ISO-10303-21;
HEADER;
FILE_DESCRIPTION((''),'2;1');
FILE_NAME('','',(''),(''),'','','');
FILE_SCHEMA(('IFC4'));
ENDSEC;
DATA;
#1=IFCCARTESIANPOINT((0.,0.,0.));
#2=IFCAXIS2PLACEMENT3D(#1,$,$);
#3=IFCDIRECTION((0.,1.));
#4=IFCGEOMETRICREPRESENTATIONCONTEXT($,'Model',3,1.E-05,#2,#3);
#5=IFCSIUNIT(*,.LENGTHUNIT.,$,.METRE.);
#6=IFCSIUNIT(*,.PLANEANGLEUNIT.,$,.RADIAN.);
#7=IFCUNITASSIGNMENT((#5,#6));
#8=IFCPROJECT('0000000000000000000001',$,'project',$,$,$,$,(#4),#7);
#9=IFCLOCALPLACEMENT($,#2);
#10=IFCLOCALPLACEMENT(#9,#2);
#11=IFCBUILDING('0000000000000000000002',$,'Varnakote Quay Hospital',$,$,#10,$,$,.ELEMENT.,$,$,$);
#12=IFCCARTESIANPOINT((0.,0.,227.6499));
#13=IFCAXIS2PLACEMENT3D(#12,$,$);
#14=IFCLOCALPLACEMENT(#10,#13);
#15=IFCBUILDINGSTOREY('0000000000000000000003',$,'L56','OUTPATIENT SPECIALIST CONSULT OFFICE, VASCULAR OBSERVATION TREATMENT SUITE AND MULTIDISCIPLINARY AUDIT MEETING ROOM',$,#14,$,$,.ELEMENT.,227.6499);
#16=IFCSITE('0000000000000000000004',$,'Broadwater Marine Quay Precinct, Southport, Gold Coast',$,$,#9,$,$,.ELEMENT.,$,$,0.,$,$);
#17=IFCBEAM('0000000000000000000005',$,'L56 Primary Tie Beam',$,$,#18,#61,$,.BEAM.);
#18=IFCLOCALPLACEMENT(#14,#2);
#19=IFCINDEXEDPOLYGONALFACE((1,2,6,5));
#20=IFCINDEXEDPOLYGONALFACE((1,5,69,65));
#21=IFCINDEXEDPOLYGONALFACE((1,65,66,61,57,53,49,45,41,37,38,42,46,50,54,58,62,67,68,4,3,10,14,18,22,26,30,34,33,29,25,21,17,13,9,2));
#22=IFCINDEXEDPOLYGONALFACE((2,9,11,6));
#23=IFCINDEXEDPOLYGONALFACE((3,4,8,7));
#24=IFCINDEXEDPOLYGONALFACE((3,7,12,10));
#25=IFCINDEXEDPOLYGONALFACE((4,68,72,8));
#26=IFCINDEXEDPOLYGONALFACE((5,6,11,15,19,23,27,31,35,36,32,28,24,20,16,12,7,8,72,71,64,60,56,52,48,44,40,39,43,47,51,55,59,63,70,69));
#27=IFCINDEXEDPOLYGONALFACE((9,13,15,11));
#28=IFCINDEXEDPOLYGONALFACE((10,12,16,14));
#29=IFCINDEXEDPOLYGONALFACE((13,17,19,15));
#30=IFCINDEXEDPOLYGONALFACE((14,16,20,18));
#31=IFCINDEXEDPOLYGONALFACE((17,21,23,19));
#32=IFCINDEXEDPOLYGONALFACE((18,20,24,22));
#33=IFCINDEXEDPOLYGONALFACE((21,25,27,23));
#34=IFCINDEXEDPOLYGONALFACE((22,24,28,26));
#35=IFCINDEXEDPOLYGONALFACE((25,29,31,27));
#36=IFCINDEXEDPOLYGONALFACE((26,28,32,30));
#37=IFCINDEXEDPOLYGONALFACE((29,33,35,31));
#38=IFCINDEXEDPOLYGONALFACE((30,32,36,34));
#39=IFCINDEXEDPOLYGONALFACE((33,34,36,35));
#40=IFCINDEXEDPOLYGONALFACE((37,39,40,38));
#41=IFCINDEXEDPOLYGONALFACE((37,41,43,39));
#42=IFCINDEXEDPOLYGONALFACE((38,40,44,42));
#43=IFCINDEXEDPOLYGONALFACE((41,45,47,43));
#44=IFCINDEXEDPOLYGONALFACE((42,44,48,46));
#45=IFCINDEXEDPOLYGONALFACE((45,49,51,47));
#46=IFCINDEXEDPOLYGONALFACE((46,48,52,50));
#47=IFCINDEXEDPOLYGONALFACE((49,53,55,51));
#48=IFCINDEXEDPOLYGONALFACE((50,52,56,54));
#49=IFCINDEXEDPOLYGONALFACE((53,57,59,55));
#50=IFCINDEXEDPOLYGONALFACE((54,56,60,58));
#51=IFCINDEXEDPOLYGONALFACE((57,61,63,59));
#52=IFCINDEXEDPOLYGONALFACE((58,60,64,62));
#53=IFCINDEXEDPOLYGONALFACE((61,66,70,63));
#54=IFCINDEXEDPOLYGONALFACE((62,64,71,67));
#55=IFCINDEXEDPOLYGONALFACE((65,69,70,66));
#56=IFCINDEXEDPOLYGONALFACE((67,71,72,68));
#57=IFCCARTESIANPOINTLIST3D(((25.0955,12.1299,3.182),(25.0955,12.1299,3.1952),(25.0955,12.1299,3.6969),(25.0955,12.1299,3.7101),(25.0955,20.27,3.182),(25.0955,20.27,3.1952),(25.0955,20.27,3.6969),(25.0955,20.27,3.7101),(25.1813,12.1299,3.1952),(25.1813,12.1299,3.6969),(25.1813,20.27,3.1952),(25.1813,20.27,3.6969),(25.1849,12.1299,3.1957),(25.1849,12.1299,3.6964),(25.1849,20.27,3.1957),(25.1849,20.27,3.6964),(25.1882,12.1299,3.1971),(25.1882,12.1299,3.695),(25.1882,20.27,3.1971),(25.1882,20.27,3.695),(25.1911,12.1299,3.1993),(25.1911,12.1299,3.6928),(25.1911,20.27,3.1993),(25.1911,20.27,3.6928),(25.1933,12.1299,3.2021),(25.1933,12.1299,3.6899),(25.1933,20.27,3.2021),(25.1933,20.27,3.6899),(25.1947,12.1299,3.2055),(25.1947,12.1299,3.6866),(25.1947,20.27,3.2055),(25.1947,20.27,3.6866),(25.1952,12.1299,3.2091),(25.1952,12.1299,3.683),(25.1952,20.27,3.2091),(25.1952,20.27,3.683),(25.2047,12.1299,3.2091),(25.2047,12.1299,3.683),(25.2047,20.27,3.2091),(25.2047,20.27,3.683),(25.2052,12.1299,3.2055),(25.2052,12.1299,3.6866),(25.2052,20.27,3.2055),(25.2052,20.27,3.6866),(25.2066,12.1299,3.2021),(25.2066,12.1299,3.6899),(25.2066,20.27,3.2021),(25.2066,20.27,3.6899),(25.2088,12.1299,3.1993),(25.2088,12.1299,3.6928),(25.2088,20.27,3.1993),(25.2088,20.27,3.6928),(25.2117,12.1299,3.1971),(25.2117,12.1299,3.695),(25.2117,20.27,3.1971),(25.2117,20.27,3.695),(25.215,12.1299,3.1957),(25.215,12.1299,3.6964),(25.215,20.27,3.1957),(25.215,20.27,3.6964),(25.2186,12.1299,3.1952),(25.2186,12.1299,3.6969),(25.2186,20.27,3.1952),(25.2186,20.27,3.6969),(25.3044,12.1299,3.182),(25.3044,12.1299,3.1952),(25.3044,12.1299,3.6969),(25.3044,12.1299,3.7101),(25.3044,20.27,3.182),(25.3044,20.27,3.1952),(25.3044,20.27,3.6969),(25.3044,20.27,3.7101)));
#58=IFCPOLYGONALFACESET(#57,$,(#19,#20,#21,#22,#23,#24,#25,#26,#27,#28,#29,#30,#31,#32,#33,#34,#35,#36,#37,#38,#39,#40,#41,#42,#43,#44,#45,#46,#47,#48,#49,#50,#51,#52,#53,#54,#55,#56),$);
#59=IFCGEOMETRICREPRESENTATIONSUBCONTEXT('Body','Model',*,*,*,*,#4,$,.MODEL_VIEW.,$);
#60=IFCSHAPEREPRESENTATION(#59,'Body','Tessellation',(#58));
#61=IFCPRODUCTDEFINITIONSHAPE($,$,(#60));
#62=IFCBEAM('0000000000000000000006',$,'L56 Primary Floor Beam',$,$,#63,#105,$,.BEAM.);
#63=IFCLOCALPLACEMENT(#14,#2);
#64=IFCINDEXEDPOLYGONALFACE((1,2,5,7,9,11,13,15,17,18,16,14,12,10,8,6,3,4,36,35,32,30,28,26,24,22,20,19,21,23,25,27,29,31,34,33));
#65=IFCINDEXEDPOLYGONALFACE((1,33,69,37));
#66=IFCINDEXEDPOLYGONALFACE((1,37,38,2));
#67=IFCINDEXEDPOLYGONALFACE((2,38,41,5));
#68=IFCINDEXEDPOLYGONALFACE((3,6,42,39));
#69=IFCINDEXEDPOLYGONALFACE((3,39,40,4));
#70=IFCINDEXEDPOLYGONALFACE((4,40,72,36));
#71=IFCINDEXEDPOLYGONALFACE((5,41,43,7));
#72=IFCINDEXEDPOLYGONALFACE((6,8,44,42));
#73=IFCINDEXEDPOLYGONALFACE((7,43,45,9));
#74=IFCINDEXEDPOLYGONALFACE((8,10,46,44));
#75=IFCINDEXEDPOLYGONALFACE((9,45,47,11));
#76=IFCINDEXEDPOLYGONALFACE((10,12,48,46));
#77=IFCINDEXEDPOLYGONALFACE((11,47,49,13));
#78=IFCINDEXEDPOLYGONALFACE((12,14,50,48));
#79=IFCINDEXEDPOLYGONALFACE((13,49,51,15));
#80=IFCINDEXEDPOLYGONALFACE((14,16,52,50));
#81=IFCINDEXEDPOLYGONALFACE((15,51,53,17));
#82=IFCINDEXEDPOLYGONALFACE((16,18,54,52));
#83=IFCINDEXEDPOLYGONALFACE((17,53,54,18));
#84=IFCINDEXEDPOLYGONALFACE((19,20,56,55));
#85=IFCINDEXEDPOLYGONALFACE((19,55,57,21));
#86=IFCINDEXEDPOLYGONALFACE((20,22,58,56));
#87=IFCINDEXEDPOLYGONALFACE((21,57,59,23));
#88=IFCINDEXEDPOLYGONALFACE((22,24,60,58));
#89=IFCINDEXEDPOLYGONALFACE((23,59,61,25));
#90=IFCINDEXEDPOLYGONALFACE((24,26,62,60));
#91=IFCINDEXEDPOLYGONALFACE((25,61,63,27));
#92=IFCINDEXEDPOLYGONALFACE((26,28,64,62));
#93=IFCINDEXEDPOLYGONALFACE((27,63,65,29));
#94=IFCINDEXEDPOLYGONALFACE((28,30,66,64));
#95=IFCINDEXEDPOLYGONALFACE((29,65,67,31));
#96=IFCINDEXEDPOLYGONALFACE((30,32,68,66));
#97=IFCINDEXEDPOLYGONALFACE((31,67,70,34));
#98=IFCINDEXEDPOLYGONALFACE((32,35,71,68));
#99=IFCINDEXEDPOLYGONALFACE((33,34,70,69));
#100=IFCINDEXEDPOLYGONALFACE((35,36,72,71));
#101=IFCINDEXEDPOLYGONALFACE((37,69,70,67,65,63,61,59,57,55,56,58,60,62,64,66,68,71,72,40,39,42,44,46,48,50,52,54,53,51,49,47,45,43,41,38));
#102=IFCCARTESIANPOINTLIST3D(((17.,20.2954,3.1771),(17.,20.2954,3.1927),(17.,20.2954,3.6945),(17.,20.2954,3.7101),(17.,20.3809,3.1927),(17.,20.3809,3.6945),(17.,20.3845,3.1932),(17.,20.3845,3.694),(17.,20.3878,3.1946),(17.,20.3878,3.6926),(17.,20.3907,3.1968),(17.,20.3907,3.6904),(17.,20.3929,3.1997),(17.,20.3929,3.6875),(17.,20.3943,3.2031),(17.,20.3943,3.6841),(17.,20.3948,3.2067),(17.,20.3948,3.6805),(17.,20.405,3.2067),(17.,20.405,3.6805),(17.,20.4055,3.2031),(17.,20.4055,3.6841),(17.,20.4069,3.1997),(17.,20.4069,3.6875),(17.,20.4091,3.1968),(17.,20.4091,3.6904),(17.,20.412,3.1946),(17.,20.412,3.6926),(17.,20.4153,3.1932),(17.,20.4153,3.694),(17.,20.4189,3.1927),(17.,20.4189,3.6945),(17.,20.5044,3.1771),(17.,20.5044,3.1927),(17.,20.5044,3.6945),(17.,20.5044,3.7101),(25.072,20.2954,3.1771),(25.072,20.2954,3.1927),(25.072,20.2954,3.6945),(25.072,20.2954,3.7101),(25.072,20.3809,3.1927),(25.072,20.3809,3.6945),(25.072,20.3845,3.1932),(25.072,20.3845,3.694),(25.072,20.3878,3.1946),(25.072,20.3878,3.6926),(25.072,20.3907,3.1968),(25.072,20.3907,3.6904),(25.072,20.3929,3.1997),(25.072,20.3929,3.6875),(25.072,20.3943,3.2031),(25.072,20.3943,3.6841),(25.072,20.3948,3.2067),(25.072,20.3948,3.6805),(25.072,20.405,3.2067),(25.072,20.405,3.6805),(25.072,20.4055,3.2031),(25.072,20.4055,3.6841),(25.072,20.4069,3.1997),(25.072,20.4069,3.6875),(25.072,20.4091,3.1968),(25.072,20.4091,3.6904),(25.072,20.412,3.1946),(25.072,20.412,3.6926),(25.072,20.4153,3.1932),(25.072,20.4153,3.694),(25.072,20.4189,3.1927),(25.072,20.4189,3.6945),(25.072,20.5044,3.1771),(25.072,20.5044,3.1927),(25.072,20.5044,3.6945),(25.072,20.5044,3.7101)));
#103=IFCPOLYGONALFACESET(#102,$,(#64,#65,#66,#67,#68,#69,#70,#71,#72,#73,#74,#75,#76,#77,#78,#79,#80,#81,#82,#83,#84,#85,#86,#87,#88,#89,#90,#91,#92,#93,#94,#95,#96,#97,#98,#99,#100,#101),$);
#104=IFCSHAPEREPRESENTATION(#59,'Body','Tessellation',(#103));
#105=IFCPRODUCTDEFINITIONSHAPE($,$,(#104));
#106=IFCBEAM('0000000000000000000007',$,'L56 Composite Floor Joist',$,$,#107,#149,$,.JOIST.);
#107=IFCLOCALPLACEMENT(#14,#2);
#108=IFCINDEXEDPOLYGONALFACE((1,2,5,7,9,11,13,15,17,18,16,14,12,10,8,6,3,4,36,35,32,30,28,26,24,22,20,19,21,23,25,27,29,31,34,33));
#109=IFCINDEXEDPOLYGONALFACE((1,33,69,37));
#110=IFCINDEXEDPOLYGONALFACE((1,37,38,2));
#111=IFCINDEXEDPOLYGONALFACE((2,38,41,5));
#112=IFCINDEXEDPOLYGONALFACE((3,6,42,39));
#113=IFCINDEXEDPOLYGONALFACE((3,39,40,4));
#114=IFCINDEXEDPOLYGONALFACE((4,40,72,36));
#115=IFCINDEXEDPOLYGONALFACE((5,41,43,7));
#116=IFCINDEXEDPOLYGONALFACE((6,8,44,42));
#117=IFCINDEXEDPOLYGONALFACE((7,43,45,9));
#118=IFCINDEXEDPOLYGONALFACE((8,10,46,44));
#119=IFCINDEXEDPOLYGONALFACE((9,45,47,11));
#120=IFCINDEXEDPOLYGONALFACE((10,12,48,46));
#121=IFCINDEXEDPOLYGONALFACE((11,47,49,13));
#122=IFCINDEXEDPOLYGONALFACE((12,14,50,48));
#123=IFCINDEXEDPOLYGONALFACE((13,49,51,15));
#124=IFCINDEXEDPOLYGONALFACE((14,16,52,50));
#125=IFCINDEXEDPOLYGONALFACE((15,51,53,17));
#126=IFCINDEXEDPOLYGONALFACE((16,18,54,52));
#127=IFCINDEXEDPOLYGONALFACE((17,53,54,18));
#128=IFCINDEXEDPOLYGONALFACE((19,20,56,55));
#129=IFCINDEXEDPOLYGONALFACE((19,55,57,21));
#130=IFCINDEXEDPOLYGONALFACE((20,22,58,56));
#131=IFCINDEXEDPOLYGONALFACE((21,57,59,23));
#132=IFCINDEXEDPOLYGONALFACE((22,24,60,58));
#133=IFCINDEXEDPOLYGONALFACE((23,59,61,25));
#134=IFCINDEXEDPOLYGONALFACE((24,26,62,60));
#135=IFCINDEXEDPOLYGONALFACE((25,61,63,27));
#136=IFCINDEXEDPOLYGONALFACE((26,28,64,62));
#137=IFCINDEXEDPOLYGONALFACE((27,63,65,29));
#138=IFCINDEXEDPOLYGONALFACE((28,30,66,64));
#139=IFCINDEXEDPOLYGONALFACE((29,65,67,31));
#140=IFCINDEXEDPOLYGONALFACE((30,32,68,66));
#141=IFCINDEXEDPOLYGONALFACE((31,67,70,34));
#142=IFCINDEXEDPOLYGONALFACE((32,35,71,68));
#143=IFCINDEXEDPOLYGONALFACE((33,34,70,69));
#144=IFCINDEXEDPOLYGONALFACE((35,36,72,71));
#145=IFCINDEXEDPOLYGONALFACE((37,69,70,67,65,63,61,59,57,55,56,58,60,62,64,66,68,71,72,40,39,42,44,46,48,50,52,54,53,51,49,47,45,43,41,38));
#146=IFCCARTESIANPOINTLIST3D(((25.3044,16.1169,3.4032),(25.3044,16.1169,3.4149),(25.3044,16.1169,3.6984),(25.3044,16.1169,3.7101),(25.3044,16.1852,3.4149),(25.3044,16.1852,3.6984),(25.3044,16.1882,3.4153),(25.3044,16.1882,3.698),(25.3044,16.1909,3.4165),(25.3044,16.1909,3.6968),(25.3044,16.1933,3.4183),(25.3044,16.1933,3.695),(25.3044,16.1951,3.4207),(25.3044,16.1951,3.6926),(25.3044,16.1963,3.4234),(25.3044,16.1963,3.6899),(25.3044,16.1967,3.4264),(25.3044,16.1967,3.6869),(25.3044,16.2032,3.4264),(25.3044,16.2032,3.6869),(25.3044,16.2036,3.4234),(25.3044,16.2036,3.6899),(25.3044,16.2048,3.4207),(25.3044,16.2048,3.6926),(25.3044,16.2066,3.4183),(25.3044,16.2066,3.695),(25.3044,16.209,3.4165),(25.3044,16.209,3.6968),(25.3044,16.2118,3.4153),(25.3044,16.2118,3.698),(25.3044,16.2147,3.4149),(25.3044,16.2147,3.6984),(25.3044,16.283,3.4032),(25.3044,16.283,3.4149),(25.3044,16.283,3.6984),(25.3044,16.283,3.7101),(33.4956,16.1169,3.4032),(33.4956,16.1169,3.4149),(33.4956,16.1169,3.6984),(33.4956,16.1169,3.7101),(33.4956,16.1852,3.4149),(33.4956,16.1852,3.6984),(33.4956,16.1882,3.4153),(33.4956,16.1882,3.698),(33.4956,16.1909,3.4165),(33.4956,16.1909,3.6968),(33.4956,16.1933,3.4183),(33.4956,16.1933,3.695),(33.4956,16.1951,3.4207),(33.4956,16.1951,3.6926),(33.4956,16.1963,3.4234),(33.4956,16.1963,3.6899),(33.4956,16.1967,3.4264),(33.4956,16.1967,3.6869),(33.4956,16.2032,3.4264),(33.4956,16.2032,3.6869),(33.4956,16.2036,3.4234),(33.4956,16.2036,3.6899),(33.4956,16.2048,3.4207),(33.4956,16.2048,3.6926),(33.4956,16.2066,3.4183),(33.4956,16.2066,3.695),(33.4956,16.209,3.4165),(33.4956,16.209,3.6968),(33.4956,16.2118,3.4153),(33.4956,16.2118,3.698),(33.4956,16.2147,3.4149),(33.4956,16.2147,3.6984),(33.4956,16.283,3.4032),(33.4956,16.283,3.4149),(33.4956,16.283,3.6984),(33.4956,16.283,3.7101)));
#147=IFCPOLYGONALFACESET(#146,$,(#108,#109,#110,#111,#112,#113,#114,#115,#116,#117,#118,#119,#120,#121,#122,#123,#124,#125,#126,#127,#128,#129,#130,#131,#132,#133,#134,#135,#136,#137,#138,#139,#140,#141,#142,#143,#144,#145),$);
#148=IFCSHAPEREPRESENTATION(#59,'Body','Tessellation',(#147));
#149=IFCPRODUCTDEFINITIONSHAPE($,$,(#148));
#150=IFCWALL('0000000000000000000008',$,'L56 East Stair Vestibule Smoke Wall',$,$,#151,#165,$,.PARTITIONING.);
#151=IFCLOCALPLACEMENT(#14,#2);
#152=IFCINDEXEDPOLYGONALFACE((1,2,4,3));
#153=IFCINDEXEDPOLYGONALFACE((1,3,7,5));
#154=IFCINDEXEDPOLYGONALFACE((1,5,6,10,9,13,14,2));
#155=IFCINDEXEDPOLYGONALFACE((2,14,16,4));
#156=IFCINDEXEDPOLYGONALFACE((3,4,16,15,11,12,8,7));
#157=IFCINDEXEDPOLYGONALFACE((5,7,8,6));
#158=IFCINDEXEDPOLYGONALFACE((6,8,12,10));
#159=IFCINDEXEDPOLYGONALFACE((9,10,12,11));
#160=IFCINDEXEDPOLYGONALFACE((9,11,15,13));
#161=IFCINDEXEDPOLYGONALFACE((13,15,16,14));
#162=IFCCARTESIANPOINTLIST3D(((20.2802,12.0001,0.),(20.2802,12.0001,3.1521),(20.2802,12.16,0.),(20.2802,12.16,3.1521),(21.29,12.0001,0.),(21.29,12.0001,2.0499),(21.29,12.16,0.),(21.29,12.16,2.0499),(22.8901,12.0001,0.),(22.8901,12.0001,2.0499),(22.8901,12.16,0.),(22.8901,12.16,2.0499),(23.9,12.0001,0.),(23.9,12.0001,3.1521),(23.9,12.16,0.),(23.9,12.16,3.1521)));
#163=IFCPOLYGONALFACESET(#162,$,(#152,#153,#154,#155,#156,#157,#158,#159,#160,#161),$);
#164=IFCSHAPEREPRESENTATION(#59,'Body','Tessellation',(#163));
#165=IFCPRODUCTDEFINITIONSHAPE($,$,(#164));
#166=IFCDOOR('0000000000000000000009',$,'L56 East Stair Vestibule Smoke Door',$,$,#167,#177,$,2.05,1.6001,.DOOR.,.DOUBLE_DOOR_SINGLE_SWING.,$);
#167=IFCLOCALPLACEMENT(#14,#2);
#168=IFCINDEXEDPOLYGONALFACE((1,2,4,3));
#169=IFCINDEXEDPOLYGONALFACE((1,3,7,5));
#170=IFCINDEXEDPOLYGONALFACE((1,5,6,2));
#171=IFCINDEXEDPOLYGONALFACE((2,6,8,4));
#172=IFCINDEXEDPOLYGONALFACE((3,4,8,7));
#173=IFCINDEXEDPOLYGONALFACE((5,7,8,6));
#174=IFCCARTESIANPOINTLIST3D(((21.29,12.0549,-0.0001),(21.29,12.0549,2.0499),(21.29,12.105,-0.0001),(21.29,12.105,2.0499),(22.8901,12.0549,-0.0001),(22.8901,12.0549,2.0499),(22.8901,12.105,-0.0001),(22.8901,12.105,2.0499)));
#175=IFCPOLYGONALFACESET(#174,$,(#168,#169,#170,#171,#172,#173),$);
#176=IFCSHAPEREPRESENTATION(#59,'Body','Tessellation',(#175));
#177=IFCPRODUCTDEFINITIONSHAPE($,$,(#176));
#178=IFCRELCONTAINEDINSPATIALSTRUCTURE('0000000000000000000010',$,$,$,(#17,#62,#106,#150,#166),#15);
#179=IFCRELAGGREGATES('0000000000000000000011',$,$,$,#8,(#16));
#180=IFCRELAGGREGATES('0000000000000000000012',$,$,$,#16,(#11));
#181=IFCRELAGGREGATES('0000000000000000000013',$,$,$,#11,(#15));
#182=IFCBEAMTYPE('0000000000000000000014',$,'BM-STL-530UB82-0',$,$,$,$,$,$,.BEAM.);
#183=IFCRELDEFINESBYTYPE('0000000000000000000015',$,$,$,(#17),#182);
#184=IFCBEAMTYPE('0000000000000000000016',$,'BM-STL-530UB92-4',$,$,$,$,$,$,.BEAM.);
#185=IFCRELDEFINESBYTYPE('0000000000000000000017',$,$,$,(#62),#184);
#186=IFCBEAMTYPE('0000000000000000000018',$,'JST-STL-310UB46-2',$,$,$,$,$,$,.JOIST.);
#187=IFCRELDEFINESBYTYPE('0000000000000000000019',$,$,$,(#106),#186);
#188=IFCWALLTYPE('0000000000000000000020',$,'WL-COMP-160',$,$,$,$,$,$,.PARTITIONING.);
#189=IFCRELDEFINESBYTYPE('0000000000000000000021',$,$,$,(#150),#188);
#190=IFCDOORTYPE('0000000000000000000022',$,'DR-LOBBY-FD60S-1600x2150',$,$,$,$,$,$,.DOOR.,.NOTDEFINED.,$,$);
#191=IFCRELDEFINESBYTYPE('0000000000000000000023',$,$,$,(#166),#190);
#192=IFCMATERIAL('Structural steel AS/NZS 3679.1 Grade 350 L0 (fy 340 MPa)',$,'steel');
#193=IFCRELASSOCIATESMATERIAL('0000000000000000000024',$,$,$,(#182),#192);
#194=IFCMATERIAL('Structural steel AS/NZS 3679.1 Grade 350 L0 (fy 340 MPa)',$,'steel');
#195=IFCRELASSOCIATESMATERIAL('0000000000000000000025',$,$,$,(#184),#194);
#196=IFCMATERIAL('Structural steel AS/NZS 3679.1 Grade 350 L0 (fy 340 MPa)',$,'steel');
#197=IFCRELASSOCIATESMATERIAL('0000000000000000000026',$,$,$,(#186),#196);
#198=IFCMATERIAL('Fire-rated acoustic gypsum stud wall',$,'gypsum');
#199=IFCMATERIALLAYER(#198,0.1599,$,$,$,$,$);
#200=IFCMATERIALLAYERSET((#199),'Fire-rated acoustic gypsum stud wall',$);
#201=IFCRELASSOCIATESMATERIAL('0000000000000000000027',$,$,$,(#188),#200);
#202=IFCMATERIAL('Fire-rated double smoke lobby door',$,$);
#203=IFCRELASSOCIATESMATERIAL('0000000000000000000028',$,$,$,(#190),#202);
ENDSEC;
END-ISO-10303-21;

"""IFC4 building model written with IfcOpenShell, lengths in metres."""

from ifc_helpers import new_model, si_unit, direction, frame, frame_2d, origin, origin_2d, place, context, subcontext, project, spatial, rectangle, i_section, extrude, material, layer, layer_set, material_profile, profile_set, type_object, element, fill, save


model = new_model("IFC4")

# Units and contexts
model_context = context("Model", 3, precision=1e-05, world=origin(), true_north=direction((0.0, 1.0)))
body_context = subcontext(model_context, "Body", "Model", "MODEL_VIEW")
ifc_project = project(units=[si_unit("LENGTHUNIT", "METRE"), si_unit("PLANEANGLEUNIT", "RADIAN")], contexts=[model_context])

# Site, building, storey
site_placement = place(None, origin())
site = spatial("IfcSite", under=ifc_project, at=site_placement, Name="Broadwater Marine Quay Precinct, Southport, Gold Coast", CompositionType="ELEMENT", RefElevation=0.0)
building_placement = place(site_placement, origin())
building = spatial("IfcBuilding", under=site, at=building_placement, Name="Varnakote Quay Hospital", CompositionType="ELEMENT")
storey_placement = place(building_placement, frame((0.0, 0.0, 227.6499)))
storey = spatial("IfcBuildingStorey", under=building, at=storey_placement, Name="L56", Description="OUTPATIENT SPECIALIST CONSULT OFFICE, VASCULAR OBSERVATION TREATMENT SUITE AND MULTIDISCIPLINARY AUDIT MEETING ROOM", CompositionType="ELEMENT", Elevation=227.6499)

# Beams
ifc_material_1 = material(Name="Structural steel AS/NZS 3679.1 Grade 350 L0 (fy 340 MPa)", Category="steel")
ifc_material_profile_1 = material_profile(ifc_material_1, i_section(OverallWidth=0.209, OverallDepth=0.5281, WebThickness=0.0095, FlangeThickness=0.0132, FilletRadius=0.0139, at=origin_2d()), Name="530UB82.0")
ifc_profile_set_1 = profile_set([ifc_material_profile_1], Name="Structural steel AS/NZS 3679.1 Grade 350 L0 (fy 340 MPa)")
beam_type_1 = type_object("IfcBeamType", Name="BM-STL-530UB82-0", PredefinedType="BEAM", material=ifc_profile_set_1)
beam_1_placement = place(storey_placement, frame((25.2, 12.1299, 3.446), z_axis=(0.0, 1.0, 0.0), x_axis=(-1.0, 0.0, 0.0)))
element("IfcBeam", 1, at=beam_1_placement, inside=storey, type_object=beam_type_1, Name="L56 Primary Tie Beam", PredefinedType="BEAM", context=body_context, shape_type="SweptSolid", body=[
    extrude(i_section(OverallWidth=0.209, OverallDepth=0.5281, WebThickness=0.0095, FlangeThickness=0.0132, FilletRadius=0.0139, at=origin_2d()), origin(), (0.0, 0.0, 1.0), 8.1401),
])
ifc_material_2 = material(Name="Structural steel AS/NZS 3679.1 Grade 350 L0 (fy 340 MPa)", Category="steel")
ifc_material_profile_2 = material_profile(ifc_material_2, i_section(OverallWidth=0.209, OverallDepth=0.533, WebThickness=0.0103, FlangeThickness=0.0156, FilletRadius=0.0139, at=origin_2d()), Name="530UB92.4")
ifc_profile_set_2 = profile_set([ifc_material_profile_2], Name="Structural steel AS/NZS 3679.1 Grade 350 L0 (fy 340 MPa)")
beam_type_2 = type_object("IfcBeamType", Name="BM-STL-530UB92-4", PredefinedType="BEAM", material=ifc_profile_set_2)
beam_2_placement = place(storey_placement, frame((17.0, 20.3999, 3.4436), z_axis=(1.0, 0.0, 0.0), x_axis=(0.0, 1.0, 0.0)))
element("IfcBeam", 2, at=beam_2_placement, inside=storey, type_object=beam_type_2, Name="L56 Primary Floor Beam", PredefinedType="BEAM", context=body_context, shape_type="SweptSolid", body=[
    extrude(i_section(OverallWidth=0.209, OverallDepth=0.533, WebThickness=0.0103, FlangeThickness=0.0156, FilletRadius=0.0139, at=origin_2d()), origin(), (0.0, 0.0, 1.0), 8.072),
])
ifc_material_3 = material(Name="Structural steel AS/NZS 3679.1 Grade 350 L0 (fy 340 MPa)", Category="steel")
ifc_material_profile_3 = material_profile(ifc_material_3, i_section(OverallWidth=0.166, OverallDepth=0.3069, WebThickness=0.0066, FlangeThickness=0.0117, FilletRadius=0.0115, at=origin_2d()), Name="310UB46.2")
ifc_profile_set_3 = profile_set([ifc_material_profile_3], Name="Structural steel AS/NZS 3679.1 Grade 350 L0 (fy 340 MPa)")
beam_type_3 = type_object("IfcBeamType", Name="JST-STL-310UB46-2", PredefinedType="JOIST", material=ifc_profile_set_3)
beam_3_placement = place(storey_placement, frame((25.3044, 16.2, 3.5566), z_axis=(1.0, 0.0, 0.0), x_axis=(0.0, 1.0, 0.0)))
element("IfcBeam", 3, at=beam_3_placement, inside=storey, type_object=beam_type_3, Name="L56 Composite Floor Joist", PredefinedType="JOIST", context=body_context, shape_type="SweptSolid", body=[
    extrude(i_section(OverallWidth=0.166, OverallDepth=0.3069, WebThickness=0.0066, FlangeThickness=0.0117, FilletRadius=0.0115, at=origin_2d()), origin(), (0.0, 0.0, 1.0), 8.1912),
])

# Wall, opening, door
ifc_material_4 = material(Name="Fire-rated acoustic gypsum stud wall", Category="gypsum")
ifc_layer_1 = layer(ifc_material_4, 0.1599)
ifc_layer_set_1 = layer_set([ifc_layer_1], Name="Fire-rated acoustic gypsum stud wall")
wall_type_1 = type_object("IfcWallType", Name="WL-COMP-160", PredefinedType="PARTITIONING", material=ifc_layer_set_1)
wall_1_placement = place(storey_placement, frame((20.28, 12.0801, 0.0), z_axis=(0.0, 0.0, 1.0), x_axis=(1.0, 0.0, 0.0)))
wall_1 = element("IfcWall", 4, at=wall_1_placement, inside=storey, type_object=wall_type_1, Name="L56 East Stair Vestibule Smoke Wall", PredefinedType="PARTITIONING", context=body_context, shape_type="SweptSolid", body=[
    extrude(rectangle(XDim=3.6199, YDim=0.1599, at=frame_2d((1.8101, 0.0))), origin(), (0.0, 0.0, 1.0), 3.1521),
])
opening_1_placement = place(wall_1_placement, frame((1.01, 0.0, 0.0)))
opening_1 = element("IfcOpeningElement", 5, at=opening_1_placement, cuts=wall_1, PredefinedType="OPENING", context=body_context, shape_type="SweptSolid", body=[
    extrude(rectangle(XDim=1.6001, YDim=2.05, at=frame_2d((0.8, 1.0249))), frame((0.0, 0.0898, 0.0), z_axis=(0.0, -1.0, 0.0), x_axis=(1.0, 0.0, 0.0)), (0.0, 0.0, 1.0), 0.1799),
])
ifc_material_5 = material(Name="Fire-rated double smoke lobby door")
door_type_1 = type_object("IfcDoorType", Name="DR-LOBBY-FD60S-1600x2150", OperationType="NOTDEFINED", PredefinedType="DOOR", material=ifc_material_5)
door_1_placement = place(opening_1_placement, origin())
door_1 = element("IfcDoor", 6, at=door_1_placement, inside=storey, type_object=door_type_1, Name="L56 East Stair Vestibule Smoke Door", OperationType="DOUBLE_DOOR_SINGLE_SWING", OverallHeight=2.05, OverallWidth=1.6001, PredefinedType="DOOR", context=body_context, shape_type="SweptSolid", body=[
    extrude(rectangle(XDim=1.6001, YDim=2.05, at=frame_2d((0.8, 1.0249))), frame((0.0, 0.0249, 0.0), z_axis=(0.0, -1.0, 0.0), x_axis=(1.0, 0.0, 0.0)), (0.0, 0.0, 1.0), 0.05),
])
fill(opening_1, door_1)

save(model, "model.ifc")
